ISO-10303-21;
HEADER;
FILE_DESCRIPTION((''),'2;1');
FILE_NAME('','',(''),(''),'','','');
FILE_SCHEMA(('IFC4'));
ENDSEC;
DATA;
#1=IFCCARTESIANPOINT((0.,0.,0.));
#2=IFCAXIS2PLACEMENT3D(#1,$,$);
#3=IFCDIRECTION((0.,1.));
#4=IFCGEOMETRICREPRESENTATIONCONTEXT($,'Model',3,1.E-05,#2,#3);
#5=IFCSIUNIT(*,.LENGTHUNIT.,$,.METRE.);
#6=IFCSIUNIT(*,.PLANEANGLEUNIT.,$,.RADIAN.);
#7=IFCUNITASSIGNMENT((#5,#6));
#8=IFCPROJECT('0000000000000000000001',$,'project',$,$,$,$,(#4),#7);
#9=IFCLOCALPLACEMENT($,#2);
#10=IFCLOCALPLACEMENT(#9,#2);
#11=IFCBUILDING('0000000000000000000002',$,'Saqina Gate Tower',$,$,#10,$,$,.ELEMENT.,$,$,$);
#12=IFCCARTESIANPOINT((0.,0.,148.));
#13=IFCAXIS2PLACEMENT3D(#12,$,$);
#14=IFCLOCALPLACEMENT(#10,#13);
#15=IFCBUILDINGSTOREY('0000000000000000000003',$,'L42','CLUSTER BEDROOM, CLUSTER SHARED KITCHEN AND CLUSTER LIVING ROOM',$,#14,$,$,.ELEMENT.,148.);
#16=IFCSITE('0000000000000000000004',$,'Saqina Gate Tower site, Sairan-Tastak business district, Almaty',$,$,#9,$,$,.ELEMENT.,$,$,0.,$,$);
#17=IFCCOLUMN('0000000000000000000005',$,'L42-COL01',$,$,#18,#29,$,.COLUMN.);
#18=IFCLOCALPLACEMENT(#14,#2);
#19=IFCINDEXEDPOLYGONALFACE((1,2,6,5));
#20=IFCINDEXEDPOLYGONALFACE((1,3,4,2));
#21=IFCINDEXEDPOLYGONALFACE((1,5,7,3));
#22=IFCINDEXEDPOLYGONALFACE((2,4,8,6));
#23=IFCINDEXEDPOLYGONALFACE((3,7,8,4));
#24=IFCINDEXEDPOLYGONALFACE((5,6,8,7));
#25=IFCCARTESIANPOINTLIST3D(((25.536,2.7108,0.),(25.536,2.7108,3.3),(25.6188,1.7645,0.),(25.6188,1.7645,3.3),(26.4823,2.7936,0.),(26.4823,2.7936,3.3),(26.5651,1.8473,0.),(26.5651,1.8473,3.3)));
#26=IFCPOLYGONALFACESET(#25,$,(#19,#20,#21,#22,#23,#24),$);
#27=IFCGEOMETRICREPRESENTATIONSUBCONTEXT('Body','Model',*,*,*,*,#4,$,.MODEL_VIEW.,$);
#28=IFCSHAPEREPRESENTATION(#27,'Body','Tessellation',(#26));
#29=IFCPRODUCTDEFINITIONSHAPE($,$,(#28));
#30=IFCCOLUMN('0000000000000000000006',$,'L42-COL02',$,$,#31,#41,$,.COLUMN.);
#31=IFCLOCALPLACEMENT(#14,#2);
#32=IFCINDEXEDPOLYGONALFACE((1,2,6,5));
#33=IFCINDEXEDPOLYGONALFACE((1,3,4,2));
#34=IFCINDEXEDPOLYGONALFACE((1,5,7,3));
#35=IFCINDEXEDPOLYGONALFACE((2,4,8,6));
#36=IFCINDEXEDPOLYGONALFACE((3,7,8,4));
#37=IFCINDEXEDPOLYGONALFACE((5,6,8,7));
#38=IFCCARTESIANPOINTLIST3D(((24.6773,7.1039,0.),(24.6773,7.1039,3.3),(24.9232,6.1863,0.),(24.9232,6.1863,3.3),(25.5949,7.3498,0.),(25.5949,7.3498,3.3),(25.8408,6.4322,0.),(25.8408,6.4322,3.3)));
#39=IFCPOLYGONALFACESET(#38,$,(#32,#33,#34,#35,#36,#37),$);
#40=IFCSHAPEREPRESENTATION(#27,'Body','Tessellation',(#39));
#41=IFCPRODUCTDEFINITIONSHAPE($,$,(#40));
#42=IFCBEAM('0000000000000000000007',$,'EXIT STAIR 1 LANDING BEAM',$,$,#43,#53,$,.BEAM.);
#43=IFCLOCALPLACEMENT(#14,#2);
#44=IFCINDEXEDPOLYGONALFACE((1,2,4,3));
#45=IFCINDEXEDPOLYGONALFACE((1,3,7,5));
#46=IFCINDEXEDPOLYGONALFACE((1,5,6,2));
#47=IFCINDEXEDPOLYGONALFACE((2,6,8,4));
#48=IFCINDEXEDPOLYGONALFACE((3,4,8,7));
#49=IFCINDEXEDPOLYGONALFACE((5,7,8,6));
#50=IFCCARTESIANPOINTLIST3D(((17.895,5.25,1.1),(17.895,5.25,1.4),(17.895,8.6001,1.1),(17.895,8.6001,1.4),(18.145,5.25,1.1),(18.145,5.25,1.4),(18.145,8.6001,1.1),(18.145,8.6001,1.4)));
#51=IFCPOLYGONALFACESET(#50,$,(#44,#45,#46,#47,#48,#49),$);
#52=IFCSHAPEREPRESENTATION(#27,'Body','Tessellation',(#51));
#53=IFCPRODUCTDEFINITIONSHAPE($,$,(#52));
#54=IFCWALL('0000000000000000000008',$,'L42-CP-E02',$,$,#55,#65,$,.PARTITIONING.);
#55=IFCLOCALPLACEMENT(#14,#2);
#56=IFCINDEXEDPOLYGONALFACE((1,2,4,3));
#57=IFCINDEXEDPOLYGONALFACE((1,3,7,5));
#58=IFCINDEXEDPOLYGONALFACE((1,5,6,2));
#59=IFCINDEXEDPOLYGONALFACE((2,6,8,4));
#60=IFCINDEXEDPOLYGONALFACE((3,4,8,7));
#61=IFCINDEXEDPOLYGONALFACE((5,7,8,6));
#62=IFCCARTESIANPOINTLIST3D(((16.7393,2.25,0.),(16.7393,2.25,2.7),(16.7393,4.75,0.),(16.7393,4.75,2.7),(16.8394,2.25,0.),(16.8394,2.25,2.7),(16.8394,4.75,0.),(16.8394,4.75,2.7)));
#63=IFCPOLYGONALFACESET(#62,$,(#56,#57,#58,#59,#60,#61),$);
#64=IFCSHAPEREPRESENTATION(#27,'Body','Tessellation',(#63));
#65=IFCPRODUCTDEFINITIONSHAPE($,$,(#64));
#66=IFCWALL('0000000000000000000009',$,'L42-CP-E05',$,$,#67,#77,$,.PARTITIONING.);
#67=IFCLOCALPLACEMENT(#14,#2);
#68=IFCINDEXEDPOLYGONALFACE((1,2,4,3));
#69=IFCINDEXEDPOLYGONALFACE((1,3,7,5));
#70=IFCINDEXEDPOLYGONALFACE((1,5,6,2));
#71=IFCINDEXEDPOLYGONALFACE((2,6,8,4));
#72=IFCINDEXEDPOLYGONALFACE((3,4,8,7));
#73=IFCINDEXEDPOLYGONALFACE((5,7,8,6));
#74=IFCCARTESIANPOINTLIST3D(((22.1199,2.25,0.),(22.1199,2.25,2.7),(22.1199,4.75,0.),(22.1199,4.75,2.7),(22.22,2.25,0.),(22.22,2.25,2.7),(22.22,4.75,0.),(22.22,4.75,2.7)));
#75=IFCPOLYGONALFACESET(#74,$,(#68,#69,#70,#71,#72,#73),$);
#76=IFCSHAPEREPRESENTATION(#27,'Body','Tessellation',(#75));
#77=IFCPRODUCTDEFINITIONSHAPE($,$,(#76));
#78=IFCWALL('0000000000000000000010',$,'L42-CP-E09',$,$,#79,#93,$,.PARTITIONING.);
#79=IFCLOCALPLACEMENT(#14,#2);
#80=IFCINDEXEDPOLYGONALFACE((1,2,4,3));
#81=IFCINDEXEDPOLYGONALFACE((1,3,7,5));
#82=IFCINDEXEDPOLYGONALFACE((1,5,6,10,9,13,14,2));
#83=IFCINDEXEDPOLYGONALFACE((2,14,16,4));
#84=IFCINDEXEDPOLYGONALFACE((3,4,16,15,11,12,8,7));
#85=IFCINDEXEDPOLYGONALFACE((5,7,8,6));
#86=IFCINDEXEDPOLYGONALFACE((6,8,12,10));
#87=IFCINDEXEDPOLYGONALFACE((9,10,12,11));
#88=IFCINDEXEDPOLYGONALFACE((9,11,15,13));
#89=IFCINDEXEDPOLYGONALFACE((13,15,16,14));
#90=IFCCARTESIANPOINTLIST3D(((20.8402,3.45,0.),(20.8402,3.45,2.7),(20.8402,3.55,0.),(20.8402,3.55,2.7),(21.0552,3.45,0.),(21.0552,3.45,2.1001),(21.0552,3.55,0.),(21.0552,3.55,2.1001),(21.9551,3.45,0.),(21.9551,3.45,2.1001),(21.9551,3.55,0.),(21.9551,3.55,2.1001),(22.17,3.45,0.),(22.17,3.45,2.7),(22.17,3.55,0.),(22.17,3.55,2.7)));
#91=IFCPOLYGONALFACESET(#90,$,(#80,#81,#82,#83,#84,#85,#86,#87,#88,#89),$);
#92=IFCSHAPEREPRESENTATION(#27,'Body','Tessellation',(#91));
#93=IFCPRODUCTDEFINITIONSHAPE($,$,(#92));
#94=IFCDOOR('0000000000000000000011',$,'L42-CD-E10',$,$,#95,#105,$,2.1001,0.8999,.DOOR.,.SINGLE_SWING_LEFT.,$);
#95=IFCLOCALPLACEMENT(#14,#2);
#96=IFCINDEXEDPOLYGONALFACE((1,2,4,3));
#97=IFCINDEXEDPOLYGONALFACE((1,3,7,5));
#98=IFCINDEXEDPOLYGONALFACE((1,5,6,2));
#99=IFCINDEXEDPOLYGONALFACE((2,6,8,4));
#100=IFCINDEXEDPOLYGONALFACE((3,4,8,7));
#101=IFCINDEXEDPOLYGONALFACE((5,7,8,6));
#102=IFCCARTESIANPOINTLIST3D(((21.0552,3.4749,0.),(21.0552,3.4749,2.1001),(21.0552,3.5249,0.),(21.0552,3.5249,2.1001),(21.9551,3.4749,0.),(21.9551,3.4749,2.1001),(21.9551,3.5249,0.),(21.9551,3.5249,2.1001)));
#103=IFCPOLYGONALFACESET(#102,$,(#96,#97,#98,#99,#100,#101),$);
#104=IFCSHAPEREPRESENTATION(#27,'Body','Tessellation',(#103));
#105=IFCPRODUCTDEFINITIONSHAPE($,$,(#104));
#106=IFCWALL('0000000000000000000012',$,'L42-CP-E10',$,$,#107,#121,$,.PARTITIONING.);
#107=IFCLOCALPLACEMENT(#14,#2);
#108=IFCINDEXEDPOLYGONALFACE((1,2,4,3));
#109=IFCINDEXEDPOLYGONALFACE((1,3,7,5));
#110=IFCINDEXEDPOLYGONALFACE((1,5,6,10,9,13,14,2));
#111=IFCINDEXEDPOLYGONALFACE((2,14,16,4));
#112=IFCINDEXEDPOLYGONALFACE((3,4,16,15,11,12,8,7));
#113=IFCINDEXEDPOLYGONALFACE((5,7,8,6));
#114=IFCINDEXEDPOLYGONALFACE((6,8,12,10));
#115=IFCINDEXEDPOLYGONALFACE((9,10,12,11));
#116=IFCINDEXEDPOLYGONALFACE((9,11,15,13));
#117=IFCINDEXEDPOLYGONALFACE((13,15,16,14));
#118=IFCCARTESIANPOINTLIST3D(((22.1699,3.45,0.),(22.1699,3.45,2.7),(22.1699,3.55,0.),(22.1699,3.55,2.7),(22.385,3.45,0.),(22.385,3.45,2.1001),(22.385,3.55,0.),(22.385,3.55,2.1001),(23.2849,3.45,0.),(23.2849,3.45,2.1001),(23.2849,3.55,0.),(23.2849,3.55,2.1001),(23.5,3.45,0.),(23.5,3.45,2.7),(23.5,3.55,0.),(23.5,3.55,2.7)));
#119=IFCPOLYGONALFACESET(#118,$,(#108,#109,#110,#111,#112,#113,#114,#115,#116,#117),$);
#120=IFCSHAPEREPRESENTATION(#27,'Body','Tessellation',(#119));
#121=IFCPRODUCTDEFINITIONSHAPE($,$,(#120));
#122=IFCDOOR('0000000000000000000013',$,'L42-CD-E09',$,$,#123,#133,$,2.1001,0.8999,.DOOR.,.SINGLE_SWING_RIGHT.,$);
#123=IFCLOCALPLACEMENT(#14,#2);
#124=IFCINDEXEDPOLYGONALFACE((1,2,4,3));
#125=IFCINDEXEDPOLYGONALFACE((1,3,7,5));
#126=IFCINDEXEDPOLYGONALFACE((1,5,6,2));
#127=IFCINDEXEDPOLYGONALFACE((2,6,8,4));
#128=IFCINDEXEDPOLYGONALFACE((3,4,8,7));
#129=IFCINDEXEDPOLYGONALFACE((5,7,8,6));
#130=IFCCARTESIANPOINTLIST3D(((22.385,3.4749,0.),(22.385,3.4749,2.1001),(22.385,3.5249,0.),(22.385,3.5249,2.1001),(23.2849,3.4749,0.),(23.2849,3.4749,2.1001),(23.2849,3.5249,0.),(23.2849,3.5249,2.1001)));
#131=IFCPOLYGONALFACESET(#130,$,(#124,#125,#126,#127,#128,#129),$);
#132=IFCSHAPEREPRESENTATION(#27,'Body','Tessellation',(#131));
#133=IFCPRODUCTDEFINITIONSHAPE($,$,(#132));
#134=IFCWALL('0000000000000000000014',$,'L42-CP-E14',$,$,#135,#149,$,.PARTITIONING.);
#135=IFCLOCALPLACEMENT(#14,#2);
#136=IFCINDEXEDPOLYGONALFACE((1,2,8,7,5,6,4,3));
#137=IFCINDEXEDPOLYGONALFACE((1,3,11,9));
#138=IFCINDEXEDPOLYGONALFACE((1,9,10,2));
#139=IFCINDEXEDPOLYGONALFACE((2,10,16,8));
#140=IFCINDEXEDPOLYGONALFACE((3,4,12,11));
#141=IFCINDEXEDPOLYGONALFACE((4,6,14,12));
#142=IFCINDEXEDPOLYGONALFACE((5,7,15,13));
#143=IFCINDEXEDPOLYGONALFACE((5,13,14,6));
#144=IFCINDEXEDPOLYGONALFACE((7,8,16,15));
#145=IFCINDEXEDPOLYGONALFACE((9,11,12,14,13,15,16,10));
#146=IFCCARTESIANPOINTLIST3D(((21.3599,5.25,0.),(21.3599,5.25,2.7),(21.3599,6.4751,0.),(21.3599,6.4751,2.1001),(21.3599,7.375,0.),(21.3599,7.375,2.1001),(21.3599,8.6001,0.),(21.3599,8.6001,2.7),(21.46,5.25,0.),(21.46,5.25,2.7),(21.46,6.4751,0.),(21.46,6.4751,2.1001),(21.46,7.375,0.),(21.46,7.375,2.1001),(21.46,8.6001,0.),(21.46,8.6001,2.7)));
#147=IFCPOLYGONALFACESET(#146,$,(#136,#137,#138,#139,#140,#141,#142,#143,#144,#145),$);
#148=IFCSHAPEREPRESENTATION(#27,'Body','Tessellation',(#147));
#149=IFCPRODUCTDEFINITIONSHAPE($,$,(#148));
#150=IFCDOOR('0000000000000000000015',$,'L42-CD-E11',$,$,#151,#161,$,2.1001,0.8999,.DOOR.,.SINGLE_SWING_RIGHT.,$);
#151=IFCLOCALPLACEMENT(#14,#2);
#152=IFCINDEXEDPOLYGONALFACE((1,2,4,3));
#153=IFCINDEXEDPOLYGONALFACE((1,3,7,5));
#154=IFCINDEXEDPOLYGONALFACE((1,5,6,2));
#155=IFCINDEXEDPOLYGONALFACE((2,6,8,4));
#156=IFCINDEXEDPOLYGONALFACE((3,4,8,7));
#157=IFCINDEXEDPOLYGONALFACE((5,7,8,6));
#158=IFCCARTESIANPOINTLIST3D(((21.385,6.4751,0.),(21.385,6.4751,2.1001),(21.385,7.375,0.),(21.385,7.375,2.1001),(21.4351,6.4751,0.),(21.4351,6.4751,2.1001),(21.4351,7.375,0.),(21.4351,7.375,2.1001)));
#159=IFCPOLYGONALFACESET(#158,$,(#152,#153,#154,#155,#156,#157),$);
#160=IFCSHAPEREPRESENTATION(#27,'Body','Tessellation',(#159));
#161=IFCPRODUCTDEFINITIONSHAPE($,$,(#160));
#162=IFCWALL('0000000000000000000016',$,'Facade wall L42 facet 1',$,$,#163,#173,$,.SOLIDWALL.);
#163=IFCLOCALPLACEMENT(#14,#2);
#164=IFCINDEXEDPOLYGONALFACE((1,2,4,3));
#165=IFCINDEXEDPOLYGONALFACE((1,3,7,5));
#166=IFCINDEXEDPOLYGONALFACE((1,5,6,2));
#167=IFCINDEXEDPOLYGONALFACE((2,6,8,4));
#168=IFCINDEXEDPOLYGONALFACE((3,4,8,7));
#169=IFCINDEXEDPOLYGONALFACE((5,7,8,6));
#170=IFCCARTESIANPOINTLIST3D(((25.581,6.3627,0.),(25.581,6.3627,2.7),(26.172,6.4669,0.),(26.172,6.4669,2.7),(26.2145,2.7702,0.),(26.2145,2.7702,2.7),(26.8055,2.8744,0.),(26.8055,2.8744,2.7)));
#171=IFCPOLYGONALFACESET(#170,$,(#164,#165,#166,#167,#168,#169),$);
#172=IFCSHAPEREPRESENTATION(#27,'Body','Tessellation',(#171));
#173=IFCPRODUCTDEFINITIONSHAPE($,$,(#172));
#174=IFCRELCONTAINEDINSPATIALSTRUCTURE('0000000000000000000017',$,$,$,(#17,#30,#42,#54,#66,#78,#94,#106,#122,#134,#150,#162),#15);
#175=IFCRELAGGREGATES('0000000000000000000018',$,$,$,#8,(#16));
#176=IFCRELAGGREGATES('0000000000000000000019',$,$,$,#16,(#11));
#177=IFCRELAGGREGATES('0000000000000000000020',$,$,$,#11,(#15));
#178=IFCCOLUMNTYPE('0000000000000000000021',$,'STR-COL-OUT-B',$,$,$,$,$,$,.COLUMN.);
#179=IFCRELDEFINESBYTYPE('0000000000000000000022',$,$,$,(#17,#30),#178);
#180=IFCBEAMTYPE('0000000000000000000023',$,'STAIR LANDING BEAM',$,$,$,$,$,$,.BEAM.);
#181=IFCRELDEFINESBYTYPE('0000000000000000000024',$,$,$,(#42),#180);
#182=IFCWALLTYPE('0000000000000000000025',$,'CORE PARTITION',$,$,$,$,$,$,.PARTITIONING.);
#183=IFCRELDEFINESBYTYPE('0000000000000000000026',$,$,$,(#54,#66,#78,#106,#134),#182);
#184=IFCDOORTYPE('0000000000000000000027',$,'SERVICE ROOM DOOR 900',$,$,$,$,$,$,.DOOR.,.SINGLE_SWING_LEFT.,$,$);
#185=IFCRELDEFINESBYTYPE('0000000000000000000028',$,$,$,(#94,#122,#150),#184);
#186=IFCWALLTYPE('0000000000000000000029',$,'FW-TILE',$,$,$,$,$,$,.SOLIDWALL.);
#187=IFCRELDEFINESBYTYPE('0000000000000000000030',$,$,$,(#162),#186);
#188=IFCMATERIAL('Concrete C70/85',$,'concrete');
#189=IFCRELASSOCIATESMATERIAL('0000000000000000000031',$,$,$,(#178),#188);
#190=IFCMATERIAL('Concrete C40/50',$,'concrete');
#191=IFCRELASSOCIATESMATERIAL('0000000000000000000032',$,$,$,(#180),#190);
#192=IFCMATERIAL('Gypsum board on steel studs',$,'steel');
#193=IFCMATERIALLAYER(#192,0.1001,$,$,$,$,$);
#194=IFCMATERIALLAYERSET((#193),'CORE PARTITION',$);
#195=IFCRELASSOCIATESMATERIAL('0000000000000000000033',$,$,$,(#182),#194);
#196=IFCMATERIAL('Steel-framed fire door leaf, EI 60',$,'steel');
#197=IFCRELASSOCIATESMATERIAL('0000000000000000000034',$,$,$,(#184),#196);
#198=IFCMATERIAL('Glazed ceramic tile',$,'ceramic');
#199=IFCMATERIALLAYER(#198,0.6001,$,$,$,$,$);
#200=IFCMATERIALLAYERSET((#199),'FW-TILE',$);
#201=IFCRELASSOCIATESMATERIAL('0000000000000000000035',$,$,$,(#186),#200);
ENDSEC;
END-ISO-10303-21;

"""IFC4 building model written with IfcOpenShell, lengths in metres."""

from ifc_helpers import new_model, si_unit, direction, frame, frame_2d, origin, origin_2d, place, context, subcontext, project, spatial, rectangle, extrude, material, layer, layer_set, material_profile, profile_set, type_object, element, fill, save


model = new_model("IFC4")

# Units and contexts
model_context = context("Model", 3, precision=1e-05, world=origin(), true_north=direction((0.0, 1.0)))
body_context = subcontext(model_context, "Body", "Model", "MODEL_VIEW")
ifc_project = project(units=[si_unit("LENGTHUNIT", "METRE"), si_unit("PLANEANGLEUNIT", "RADIAN")], contexts=[model_context])

# Site, building, storey
site_placement = place(None, origin())
site = spatial("IfcSite", under=ifc_project, at=site_placement, Name="Saqina Gate Tower site, Sairan-Tastak business district, Almaty", CompositionType="ELEMENT", RefElevation=0.0)
building_placement = place(site_placement, origin())
building = spatial("IfcBuilding", under=site, at=building_placement, Name="Saqina Gate Tower", CompositionType="ELEMENT")
storey_placement = place(building_placement, frame((0.0, 0.0, 148.0)))
storey = spatial("IfcBuildingStorey", under=building, at=storey_placement, Name="L42", Description="CLUSTER BEDROOM, CLUSTER SHARED KITCHEN AND CLUSTER LIVING ROOM", CompositionType="ELEMENT", Elevation=148.0)

# Columns
ifc_material_1 = material(Name="Concrete C70/85", Category="concrete")
ifc_material_profile_1 = material_profile(ifc_material_1, rectangle(XDim=0.95, YDim=0.95, at=origin_2d()), Name="RC 950x950")
ifc_profile_set_1 = profile_set([ifc_material_profile_1], Name="Concrete C70/85")
column_type = type_object("IfcColumnType", Name="STR-COL-OUT-B", PredefinedType="COLUMN", material=ifc_profile_set_1)
for number, where, z_axis, x_axis, name in (
    (1, (26.0505, 2.2791, 0.0), (0.0, 0.0, 1.0), (0.996195, 0.087156, 0.0), "L42-COL01"),
    (2, (25.259, 6.7681, 0.0), (0.0, 0.0, 1.0), (0.965926, 0.258819, 0.0), "L42-COL02"),
):
    element("IfcColumn", number, at=place(storey_placement, frame(where, z_axis=z_axis, x_axis=x_axis)), inside=storey, type_object=column_type, Name=name, PredefinedType="COLUMN", context=body_context, shape_type="SweptSolid", body=[
        extrude(rectangle(XDim=0.95, YDim=0.95, at=origin_2d()), origin(), (0.0, 0.0, 1.0), 3.3),
    ])

# Beam
ifc_material_2 = material(Name="Concrete C40/50", Category="concrete")
ifc_material_profile_2 = material_profile(ifc_material_2, rectangle(XDim=0.25, YDim=0.3, at=origin_2d()), Name="STAIR LANDING BEAM")
ifc_profile_set_2 = profile_set([ifc_material_profile_2], Name="Concrete C40/50")
beam_type = type_object("IfcBeamType", Name="STAIR LANDING BEAM", PredefinedType="BEAM", material=ifc_profile_set_2)
beam_placement = place(storey_placement, frame((18.02, 5.25, 1.25), z_axis=(0.0, 1.0, 0.0), x_axis=(-1.0, 0.0, 0.0)))
element("IfcBeam", 3, at=beam_placement, inside=storey, type_object=beam_type, Name="EXIT STAIR 1 LANDING BEAM", PredefinedType="BEAM", context=body_context, shape_type="SweptSolid", body=[
    extrude(rectangle(XDim=0.25, YDim=0.3, at=origin_2d()), origin(), (0.0, 0.0, 1.0), 3.3501),
])

# Walls
ifc_material_3 = material(Name="Gypsum board on steel studs", Category="steel")
ifc_layer_1 = layer(ifc_material_3, 0.1001)
ifc_layer_set_1 = layer_set([ifc_layer_1], Name="CORE PARTITION")
wall_type_1 = type_object("IfcWallType", Name="CORE PARTITION", PredefinedType="PARTITIONING", material=ifc_layer_set_1)
for number, where, z_axis, x_axis, name in (
    (4, (16.7893, 2.25, 0.0), (0.0, 0.0, 1.0), (0.0, 1.0, 0.0), "L42-CP-E02"),
    (5, (22.1699, 2.25, 0.0), (0.0, 0.0, 1.0), (0.0, 1.0, 0.0), "L42-CP-E05"),
):
    element("IfcWall", number, at=place(storey_placement, frame(where, z_axis=z_axis, x_axis=x_axis)), inside=storey, type_object=wall_type_1, Name=name, PredefinedType="PARTITIONING", context=body_context, shape_type="SweptSolid", body=[
        extrude(rectangle(XDim=2.5, YDim=0.1001, at=frame_2d((1.25, 0.0))), origin(), (0.0, 0.0, 1.0), 2.7),
    ])

# Walls, openings, doors
wall_1_placement = place(storey_placement, frame((20.8401, 3.5, 0.0), z_axis=(0.0, 0.0, 1.0), x_axis=(1.0, 0.0, 0.0)))
wall_1 = element("IfcWall", 6, at=wall_1_placement, inside=storey, type_object=wall_type_1, Name="L42-CP-E09", PredefinedType="PARTITIONING", context=body_context, shape_type="SweptSolid", body=[
    extrude(rectangle(XDim=1.3298, YDim=0.1001, at=frame_2d((0.665, 0.0))), origin(), (0.0, 0.0, 1.0), 2.7),
])
opening_1_placement = place(wall_1_placement, frame((0.2151, 0.0, 0.0)))
opening_1 = element("IfcOpeningElement", 7, at=opening_1_placement, cuts=wall_1, PredefinedType="OPENING", context=body_context, shape_type="SweptSolid", body=[
    extrude(rectangle(XDim=0.8999, YDim=2.1001, at=frame_2d((0.45, 1.05))), frame((0.0, 0.062, 0.0), z_axis=(0.0, -1.0, 0.0), x_axis=(1.0, 0.0, 0.0)), (0.0, 0.0, 1.0), 0.124),
])
ifc_material_4 = material(Name="Steel-framed fire door leaf, EI 60", Category="steel")
door_type = type_object("IfcDoorType", Name="SERVICE ROOM DOOR 900", OperationType="SINGLE_SWING_LEFT", PredefinedType="DOOR", material=ifc_material_4)
door_1_placement = place(opening_1_placement, origin())
door_1 = element("IfcDoor", 8, at=door_1_placement, inside=storey, type_object=door_type, Name="L42-CD-E10", OperationType="SINGLE_SWING_LEFT", OverallHeight=2.1001, OverallWidth=0.8999, PredefinedType="DOOR", context=body_context, shape_type="SweptSolid", body=[
    extrude(rectangle(XDim=0.8999, YDim=2.1001, at=frame_2d((0.45, 1.05))), frame((0.0, 0.0249, 0.0), z_axis=(0.0, -1.0, 0.0), x_axis=(1.0, 0.0, 0.0)), (0.0, 0.0, 1.0), 0.05),
])
fill(opening_1, door_1)
wall_2_placement = place(storey_placement, frame((22.1699, 3.5, 0.0), z_axis=(0.0, 0.0, 1.0), x_axis=(1.0, 0.0, 0.0)))
wall_2 = element("IfcWall", 9, at=wall_2_placement, inside=storey, type_object=wall_type_1, Name="L42-CP-E10", PredefinedType="PARTITIONING", context=body_context, shape_type="SweptSolid", body=[
    extrude(rectangle(XDim=1.3301, YDim=0.1001, at=frame_2d((0.665, 0.0))), origin(), (0.0, 0.0, 1.0), 2.7),
])
opening_2_placement = place(wall_2_placement, frame((0.2151, 0.0, 0.0)))
opening_2 = element("IfcOpeningElement", 10, at=opening_2_placement, cuts=wall_2, PredefinedType="OPENING", context=body_context, shape_type="SweptSolid", body=[
    extrude(rectangle(XDim=0.8999, YDim=2.1001, at=frame_2d((0.45, 1.05))), frame((0.0, 0.062, 0.0), z_axis=(0.0, -1.0, 0.0), x_axis=(1.0, 0.0, 0.0)), (0.0, 0.0, 1.0), 0.124),
])
door_2_placement = place(opening_2_placement, origin())
door_2 = element("IfcDoor", 11, at=door_2_placement, inside=storey, type_object=door_type, Name="L42-CD-E09", OperationType="SINGLE_SWING_RIGHT", OverallHeight=2.1001, OverallWidth=0.8999, PredefinedType="DOOR", context=body_context, shape_type="SweptSolid", body=[
    extrude(rectangle(XDim=0.8999, YDim=2.1001, at=frame_2d((0.45, 1.05))), frame((0.0, 0.0249, 0.0), z_axis=(0.0, -1.0, 0.0), x_axis=(1.0, 0.0, 0.0)), (0.0, 0.0, 1.0), 0.05),
])
fill(opening_2, door_2)
wall_3_placement = place(storey_placement, frame((21.4099, 5.25, 0.0), z_axis=(0.0, 0.0, 1.0), x_axis=(0.0, 1.0, 0.0)))
wall_3 = element("IfcWall", 12, at=wall_3_placement, inside=storey, type_object=wall_type_1, Name="L42-CP-E14", PredefinedType="PARTITIONING", context=body_context, shape_type="SweptSolid", body=[
    extrude(rectangle(XDim=3.3501, YDim=0.1001, at=frame_2d((1.675, 0.0))), origin(), (0.0, 0.0, 1.0), 2.7),
])
opening_3_placement = place(wall_3_placement, frame((1.2251, 0.0, 0.0)))
opening_3 = element("IfcOpeningElement", 13, at=opening_3_placement, cuts=wall_3, PredefinedType="OPENING", context=body_context, shape_type="SweptSolid", body=[
    extrude(rectangle(XDim=0.8999, YDim=2.1001, at=frame_2d((0.45, 1.05))), frame((0.0, 0.062, 0.0), z_axis=(0.0, -1.0, 0.0), x_axis=(1.0, 0.0, 0.0)), (0.0, 0.0, 1.0), 0.124),
])
door_3_placement = place(opening_3_placement, origin())
door_3 = element("IfcDoor", 14, at=door_3_placement, inside=storey, type_object=door_type, Name="L42-CD-E11", OperationType="SINGLE_SWING_RIGHT", OverallHeight=2.1001, OverallWidth=0.8999, PredefinedType="DOOR", context=body_context, shape_type="SweptSolid", body=[
    extrude(rectangle(XDim=0.8999, YDim=2.1001, at=frame_2d((0.45, 1.05))), frame((0.0, 0.0249, 0.0), z_axis=(0.0, -1.0, 0.0), x_axis=(1.0, 0.0, 0.0)), (0.0, 0.0, 1.0), 0.05),
])
fill(opening_3, door_3)

# Wall
ifc_material_5 = material(Name="Glazed ceramic tile", Category="ceramic")
ifc_layer_2 = layer(ifc_material_5, 0.6001)
ifc_layer_set_2 = layer_set([ifc_layer_2], Name="FW-TILE")
wall_type_2 = type_object("IfcWallType", Name="FW-TILE", PredefinedType="SOLIDWALL", material=ifc_layer_set_2)
wall_4_placement = place(storey_placement, frame((26.51, 2.8223, 0.0), z_axis=(0.0, 0.0, 1.0), x_axis=(-0.173671, 0.984804, 0.0)))
element("IfcWall", 15, at=wall_4_placement, inside=storey, type_object=wall_type_2, Name="Facade wall L42 facet 1", PredefinedType="SOLIDWALL", context=body_context, shape_type="SweptSolid", body=[
    extrude(rectangle(XDim=3.6479, YDim=0.6001, at=frame_2d((1.824, 0.0))), origin(), (0.0, 0.0, 1.0), 2.7),
])

save(model, "model.ifc")
